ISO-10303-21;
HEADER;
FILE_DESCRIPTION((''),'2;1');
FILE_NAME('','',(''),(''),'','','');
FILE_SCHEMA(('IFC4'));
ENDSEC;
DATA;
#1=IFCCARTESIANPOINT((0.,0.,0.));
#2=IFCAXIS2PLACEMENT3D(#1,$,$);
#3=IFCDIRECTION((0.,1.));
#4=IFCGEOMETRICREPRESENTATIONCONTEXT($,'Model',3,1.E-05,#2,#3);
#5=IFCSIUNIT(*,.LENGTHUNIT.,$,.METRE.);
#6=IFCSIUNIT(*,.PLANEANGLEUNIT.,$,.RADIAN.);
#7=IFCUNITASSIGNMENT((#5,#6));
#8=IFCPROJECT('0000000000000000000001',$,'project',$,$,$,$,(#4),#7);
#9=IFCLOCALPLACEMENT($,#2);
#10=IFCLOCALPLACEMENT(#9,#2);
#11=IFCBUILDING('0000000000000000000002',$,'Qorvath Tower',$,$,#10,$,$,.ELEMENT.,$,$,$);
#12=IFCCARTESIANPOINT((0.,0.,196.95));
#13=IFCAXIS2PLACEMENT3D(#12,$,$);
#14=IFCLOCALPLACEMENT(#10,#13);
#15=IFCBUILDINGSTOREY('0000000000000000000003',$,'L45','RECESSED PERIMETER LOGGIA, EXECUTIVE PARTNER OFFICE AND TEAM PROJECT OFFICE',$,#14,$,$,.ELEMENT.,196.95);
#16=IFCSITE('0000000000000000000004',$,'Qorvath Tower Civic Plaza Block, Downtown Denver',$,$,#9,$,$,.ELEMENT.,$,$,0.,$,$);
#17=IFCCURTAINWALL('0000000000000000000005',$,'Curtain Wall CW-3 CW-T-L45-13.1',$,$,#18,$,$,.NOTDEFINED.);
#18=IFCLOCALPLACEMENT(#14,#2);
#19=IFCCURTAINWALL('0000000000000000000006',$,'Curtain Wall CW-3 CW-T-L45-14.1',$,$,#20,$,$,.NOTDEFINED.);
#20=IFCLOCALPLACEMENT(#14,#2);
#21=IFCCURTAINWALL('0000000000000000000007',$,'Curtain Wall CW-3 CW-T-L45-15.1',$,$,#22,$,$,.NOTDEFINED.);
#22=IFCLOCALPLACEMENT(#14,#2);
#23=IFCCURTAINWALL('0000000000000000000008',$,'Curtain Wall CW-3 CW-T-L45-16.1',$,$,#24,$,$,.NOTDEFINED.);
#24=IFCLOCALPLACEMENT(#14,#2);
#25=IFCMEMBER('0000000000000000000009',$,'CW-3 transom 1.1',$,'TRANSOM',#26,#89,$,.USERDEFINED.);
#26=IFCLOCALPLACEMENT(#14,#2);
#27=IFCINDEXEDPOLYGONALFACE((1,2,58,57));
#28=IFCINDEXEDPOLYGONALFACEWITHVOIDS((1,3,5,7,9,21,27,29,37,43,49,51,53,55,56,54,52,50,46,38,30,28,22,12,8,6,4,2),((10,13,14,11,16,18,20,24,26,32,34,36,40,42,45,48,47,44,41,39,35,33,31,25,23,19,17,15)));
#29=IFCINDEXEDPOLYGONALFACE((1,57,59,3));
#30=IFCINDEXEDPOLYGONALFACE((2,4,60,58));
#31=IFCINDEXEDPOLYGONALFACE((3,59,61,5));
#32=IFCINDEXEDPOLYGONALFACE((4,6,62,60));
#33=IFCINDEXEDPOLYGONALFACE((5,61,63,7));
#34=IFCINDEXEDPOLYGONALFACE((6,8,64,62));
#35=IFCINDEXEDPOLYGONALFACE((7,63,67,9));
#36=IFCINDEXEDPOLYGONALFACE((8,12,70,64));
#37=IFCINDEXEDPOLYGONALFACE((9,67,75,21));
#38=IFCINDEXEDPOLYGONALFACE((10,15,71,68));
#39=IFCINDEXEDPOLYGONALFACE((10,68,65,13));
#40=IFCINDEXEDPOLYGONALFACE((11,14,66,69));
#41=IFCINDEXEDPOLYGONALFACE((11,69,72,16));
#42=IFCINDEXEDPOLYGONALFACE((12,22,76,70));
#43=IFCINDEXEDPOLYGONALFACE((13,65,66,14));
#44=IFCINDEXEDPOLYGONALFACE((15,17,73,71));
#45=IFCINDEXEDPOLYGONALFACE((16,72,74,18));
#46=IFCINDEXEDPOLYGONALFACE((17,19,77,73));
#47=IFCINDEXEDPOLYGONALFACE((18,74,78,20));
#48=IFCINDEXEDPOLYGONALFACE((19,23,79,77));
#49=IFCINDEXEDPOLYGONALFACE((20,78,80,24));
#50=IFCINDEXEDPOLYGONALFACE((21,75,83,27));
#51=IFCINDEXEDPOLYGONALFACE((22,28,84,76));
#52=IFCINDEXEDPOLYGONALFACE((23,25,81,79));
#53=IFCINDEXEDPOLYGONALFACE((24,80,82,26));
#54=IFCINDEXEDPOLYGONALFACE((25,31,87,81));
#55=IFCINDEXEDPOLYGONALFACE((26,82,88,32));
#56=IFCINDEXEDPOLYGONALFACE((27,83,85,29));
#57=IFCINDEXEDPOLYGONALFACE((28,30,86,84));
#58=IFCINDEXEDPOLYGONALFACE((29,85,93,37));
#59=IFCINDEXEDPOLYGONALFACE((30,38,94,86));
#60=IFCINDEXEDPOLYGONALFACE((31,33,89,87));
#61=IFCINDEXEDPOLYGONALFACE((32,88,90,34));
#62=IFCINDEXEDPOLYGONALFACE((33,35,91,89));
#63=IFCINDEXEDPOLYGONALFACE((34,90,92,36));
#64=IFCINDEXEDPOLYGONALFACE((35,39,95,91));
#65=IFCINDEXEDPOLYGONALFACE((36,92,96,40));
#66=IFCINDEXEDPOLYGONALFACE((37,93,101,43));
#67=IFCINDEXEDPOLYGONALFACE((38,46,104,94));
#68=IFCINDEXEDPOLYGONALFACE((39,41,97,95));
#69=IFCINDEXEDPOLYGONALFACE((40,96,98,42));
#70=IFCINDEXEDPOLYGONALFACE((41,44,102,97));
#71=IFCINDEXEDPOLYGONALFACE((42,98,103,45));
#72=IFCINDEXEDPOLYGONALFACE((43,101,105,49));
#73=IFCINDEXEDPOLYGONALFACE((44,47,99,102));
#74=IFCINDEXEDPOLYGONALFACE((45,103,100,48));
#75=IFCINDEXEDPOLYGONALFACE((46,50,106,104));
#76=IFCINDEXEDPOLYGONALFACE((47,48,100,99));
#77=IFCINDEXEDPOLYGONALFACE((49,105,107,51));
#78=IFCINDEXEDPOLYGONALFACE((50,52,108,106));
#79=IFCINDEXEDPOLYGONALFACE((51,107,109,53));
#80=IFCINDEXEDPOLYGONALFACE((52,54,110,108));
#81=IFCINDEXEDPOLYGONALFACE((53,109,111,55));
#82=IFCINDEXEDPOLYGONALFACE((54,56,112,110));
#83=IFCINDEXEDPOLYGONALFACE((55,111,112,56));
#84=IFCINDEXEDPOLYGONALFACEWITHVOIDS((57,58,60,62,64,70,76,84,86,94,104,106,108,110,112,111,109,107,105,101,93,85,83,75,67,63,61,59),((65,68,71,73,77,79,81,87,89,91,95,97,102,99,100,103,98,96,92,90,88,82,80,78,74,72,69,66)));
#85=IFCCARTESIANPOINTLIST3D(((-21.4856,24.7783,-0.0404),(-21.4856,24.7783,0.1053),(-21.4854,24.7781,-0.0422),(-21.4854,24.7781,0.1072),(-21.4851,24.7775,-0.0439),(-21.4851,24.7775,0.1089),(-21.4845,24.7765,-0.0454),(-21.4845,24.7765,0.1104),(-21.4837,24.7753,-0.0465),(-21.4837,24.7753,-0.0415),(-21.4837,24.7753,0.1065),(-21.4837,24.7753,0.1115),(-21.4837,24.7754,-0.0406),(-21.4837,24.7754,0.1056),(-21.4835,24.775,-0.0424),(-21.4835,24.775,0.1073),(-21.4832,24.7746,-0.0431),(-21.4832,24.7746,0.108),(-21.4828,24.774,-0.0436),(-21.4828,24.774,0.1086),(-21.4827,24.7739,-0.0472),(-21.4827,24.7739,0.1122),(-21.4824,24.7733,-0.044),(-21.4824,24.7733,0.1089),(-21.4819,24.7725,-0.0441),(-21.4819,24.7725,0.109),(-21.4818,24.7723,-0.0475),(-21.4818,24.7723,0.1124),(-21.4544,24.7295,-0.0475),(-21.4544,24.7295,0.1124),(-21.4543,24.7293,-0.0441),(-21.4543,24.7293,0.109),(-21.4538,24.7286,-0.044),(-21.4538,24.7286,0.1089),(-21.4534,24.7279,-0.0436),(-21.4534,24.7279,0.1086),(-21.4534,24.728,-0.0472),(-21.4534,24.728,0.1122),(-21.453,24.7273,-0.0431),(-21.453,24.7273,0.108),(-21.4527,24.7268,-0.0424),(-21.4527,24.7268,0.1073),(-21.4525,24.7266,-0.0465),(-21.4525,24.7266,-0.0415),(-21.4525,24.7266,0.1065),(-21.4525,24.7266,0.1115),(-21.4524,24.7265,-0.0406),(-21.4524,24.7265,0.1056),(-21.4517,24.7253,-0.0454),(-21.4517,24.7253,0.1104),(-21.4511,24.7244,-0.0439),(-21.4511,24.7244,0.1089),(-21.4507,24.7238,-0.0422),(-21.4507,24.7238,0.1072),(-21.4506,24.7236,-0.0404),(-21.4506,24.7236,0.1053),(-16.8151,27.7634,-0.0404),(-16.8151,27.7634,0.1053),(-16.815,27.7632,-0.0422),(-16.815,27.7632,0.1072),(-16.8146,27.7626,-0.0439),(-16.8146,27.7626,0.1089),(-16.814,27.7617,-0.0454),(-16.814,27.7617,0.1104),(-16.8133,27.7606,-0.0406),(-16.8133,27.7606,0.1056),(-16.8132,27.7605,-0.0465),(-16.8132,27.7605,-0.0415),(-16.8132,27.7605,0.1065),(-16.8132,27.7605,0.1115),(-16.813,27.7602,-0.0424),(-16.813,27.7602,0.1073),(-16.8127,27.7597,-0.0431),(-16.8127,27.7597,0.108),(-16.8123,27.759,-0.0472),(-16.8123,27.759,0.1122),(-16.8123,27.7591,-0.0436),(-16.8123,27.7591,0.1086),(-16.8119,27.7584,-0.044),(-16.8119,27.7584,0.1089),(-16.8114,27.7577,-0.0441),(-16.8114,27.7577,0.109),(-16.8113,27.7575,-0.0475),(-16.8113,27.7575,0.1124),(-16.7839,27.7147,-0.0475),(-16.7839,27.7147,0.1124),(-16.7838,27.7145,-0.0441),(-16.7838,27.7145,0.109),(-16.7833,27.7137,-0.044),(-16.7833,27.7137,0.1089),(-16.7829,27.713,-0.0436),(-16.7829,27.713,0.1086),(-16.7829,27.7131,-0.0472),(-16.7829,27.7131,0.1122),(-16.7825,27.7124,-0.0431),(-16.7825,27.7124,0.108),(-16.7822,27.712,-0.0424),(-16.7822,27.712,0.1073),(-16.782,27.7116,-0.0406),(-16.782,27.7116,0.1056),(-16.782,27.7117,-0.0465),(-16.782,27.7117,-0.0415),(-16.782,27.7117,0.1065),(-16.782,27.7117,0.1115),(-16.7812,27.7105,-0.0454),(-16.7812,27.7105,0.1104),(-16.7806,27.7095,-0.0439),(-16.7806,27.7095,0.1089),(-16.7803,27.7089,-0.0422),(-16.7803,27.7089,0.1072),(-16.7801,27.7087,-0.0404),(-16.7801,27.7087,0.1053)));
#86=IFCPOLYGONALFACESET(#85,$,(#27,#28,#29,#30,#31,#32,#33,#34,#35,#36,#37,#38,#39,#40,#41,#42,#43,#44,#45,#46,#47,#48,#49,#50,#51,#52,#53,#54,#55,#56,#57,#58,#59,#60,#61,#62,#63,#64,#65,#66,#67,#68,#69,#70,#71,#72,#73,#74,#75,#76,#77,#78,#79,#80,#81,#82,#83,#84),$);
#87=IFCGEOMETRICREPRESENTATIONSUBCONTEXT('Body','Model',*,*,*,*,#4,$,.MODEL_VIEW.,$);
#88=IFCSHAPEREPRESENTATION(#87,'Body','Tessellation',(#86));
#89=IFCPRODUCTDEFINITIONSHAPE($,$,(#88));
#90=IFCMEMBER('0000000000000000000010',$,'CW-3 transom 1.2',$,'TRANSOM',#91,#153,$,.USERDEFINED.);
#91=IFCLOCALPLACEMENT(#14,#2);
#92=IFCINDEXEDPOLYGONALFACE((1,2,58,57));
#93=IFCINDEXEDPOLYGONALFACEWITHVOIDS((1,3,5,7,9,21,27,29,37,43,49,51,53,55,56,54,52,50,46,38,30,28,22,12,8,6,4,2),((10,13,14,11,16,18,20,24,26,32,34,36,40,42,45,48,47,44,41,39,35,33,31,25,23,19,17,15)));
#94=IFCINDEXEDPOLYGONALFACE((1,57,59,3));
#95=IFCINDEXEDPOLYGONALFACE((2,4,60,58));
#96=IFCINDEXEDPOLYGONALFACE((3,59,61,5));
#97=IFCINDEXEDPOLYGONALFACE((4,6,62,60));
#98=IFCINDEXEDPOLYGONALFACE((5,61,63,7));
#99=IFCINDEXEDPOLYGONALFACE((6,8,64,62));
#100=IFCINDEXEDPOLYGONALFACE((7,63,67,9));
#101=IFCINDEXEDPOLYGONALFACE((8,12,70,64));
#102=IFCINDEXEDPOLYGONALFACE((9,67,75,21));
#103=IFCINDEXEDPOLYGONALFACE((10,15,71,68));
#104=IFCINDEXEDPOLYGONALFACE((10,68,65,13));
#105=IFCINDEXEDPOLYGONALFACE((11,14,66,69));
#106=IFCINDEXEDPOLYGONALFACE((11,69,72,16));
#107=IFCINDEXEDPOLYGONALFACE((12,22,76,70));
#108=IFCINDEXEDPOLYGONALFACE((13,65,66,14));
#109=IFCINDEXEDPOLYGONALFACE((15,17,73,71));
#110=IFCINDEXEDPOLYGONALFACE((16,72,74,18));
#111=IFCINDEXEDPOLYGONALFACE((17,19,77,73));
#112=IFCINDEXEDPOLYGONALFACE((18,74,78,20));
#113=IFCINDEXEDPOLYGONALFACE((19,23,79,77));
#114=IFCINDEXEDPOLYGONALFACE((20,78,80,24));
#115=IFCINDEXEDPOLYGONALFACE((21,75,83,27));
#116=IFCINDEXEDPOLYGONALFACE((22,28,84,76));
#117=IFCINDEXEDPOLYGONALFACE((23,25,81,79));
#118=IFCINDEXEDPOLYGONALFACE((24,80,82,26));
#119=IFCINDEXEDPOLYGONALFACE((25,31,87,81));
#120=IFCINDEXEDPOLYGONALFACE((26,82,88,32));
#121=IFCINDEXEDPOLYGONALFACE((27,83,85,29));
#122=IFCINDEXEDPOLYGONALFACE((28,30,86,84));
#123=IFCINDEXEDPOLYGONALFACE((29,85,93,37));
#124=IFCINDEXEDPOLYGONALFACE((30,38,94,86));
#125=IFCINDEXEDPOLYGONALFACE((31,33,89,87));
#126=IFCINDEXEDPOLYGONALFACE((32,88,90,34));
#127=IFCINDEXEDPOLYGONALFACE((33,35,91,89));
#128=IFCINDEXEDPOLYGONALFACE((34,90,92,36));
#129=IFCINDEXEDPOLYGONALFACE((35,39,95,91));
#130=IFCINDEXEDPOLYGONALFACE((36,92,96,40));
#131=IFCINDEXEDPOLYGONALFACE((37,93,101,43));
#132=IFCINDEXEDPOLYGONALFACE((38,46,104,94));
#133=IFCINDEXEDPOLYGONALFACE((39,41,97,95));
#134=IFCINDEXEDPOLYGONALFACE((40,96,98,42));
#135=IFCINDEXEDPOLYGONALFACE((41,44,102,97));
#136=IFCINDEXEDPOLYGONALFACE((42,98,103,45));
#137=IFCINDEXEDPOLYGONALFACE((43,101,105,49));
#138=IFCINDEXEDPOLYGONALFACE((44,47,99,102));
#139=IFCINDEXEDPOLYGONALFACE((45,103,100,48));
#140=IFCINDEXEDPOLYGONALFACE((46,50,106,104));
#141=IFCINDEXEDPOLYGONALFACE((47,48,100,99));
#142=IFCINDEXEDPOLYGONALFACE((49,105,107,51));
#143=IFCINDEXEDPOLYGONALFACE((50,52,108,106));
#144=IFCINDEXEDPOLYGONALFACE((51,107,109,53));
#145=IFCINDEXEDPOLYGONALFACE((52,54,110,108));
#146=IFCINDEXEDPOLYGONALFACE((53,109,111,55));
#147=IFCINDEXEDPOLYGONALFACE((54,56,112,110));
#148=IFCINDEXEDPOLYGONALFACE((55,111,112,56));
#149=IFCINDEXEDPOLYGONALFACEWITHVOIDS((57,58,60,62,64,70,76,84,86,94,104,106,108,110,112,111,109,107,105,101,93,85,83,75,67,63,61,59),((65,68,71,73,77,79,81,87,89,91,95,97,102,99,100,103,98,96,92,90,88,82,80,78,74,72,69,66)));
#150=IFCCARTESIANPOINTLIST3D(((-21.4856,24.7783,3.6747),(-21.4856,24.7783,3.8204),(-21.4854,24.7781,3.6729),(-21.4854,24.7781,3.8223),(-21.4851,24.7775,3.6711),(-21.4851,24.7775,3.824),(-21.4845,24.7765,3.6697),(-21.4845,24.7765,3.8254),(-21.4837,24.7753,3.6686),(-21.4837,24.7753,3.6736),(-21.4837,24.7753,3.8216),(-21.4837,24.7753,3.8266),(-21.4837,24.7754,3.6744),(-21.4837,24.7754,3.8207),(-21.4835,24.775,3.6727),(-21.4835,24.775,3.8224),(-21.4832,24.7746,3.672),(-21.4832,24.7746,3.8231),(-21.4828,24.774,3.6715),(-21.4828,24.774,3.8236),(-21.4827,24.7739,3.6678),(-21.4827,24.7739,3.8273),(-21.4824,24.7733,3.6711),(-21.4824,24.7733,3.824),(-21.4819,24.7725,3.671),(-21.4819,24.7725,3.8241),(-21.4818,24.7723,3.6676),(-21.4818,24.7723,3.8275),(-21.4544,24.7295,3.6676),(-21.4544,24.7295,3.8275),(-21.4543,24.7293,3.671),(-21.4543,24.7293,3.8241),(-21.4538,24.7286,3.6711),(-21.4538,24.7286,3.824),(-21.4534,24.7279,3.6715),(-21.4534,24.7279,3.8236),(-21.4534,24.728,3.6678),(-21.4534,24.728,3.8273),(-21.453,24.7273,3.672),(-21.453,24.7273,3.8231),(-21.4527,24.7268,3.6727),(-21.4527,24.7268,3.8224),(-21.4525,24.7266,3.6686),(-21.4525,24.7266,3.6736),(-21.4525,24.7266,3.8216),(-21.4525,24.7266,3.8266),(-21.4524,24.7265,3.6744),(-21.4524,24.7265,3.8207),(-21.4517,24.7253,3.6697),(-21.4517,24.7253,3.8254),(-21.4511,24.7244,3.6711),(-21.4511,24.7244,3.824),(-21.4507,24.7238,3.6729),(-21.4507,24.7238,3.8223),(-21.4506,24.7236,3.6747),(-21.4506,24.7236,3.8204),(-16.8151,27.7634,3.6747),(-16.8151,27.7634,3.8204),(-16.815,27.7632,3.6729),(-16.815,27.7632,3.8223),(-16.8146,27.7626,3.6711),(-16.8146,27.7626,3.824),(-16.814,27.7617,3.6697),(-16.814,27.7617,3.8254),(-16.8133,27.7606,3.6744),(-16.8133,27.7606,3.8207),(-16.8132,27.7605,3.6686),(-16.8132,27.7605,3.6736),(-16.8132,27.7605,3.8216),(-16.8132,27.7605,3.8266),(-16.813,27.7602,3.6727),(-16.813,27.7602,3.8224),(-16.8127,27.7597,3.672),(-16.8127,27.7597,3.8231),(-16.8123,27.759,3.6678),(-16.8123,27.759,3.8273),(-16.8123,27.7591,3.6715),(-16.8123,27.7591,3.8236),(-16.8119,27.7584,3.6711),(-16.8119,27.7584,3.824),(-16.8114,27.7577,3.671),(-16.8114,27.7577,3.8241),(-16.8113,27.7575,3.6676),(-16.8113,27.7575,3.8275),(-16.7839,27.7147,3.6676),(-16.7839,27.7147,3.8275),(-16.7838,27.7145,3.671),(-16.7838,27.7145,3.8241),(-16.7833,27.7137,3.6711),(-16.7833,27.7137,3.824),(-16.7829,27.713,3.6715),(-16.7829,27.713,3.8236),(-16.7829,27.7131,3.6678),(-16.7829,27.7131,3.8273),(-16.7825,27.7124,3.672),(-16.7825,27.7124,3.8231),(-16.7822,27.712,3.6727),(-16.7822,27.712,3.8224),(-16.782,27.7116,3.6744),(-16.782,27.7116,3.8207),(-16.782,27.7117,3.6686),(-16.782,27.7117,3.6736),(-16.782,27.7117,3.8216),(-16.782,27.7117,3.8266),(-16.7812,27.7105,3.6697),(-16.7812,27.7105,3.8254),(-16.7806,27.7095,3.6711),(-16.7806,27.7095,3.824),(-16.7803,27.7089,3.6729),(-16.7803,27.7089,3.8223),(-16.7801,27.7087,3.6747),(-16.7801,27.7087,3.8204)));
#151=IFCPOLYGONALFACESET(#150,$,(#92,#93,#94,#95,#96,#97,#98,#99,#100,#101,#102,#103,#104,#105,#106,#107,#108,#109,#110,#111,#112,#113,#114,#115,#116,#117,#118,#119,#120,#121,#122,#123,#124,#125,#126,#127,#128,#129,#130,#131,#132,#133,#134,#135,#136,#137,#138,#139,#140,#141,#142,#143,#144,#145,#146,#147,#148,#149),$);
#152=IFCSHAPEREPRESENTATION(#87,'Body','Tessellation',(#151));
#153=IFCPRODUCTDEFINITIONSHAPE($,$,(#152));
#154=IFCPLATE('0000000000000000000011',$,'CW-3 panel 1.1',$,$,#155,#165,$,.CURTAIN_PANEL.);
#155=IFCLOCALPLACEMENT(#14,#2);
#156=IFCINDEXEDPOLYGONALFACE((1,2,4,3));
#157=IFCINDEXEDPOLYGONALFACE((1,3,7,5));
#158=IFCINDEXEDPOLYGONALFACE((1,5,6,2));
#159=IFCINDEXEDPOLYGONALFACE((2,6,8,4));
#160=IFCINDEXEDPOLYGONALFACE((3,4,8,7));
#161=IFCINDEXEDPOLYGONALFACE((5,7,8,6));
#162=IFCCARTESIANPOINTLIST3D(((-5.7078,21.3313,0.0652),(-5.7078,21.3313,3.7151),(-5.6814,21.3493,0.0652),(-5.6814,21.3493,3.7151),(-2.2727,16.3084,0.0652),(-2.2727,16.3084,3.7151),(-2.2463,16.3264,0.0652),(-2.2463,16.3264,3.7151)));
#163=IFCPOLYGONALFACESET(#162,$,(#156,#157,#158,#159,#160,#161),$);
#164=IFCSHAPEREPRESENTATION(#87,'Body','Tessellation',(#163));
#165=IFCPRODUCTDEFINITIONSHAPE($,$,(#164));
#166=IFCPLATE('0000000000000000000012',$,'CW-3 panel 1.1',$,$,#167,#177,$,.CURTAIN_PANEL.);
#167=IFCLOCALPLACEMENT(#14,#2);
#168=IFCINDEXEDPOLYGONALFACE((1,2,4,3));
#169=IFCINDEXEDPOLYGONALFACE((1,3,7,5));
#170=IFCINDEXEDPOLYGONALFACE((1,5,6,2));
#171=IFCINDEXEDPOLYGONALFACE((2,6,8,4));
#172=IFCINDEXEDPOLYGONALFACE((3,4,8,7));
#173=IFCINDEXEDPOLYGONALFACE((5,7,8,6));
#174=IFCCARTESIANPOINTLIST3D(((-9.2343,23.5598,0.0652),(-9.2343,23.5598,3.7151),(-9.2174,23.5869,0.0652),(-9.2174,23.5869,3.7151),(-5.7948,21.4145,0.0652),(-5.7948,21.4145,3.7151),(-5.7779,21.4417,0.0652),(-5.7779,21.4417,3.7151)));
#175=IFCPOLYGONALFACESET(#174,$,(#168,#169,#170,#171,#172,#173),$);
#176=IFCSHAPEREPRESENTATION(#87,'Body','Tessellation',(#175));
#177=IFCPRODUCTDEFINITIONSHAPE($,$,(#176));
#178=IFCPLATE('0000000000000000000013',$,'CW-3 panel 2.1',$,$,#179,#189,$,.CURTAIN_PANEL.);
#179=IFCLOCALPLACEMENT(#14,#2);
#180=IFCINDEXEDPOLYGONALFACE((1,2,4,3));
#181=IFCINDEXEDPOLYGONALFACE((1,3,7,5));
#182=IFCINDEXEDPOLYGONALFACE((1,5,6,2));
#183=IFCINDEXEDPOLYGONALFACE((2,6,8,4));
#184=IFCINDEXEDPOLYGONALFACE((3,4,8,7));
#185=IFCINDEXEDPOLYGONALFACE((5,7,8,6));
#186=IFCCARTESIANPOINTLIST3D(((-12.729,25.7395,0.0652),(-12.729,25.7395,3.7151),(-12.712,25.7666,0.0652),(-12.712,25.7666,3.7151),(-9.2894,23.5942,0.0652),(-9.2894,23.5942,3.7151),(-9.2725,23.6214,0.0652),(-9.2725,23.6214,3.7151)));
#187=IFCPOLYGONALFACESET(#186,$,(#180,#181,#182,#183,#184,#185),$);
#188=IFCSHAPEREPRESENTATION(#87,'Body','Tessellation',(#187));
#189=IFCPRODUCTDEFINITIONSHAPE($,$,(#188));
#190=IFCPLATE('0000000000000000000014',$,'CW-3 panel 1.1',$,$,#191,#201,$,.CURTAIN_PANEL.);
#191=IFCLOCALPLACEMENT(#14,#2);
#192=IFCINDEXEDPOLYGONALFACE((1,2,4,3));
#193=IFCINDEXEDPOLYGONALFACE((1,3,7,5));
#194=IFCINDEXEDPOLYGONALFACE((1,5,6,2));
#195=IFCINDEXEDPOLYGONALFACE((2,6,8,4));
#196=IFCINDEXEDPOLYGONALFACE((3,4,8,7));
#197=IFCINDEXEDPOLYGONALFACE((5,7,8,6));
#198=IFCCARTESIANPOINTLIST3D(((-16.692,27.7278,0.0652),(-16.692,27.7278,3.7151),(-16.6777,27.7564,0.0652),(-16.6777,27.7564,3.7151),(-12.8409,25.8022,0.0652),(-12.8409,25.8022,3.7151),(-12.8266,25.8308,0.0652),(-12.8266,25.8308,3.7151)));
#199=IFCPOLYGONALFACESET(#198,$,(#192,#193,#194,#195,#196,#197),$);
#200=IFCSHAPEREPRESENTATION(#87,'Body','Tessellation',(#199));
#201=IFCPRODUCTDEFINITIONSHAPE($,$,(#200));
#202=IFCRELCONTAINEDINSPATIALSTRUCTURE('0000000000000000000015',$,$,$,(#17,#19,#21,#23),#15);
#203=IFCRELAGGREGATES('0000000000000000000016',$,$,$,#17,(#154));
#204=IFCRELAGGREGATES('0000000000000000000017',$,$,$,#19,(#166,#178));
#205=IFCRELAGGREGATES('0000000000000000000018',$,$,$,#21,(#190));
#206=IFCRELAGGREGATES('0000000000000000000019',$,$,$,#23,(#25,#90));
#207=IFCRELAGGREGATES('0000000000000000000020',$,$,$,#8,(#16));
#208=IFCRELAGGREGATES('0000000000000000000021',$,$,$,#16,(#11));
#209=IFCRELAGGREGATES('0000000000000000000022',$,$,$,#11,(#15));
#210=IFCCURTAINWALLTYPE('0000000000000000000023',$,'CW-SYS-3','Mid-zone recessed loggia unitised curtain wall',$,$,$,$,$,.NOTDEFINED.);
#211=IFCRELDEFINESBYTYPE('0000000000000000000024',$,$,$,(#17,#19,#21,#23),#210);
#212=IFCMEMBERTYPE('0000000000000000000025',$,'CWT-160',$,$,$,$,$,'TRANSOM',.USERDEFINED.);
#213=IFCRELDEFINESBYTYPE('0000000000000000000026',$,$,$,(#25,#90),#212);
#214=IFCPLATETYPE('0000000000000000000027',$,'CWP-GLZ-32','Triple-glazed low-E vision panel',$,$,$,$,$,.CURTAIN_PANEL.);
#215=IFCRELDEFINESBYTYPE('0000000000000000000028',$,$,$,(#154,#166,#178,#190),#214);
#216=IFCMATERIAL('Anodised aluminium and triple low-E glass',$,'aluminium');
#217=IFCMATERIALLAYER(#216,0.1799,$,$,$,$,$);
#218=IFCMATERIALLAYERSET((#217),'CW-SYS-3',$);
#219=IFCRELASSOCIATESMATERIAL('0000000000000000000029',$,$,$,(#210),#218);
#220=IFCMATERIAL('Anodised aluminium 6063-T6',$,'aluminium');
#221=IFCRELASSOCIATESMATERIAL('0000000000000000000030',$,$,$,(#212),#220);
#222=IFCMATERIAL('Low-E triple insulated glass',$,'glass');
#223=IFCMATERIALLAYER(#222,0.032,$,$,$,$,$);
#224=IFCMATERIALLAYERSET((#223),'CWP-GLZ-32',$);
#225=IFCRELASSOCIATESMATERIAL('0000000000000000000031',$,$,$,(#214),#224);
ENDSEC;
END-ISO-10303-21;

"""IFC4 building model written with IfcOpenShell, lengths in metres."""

from ifc_helpers import new_model, si_unit, direction, frame, origin, origin_2d, place, context, subcontext, project, spatial, rectangle, hollow_rectangle, extrude, material, layer, layer_set, material_profile, profile_set, type_object, element, aggregate, save


model = new_model("IFC4")

# Units and contexts
model_context = context("Model", 3, precision=1e-05, world=origin(), true_north=direction((0.0, 1.0)))
body_context = subcontext(model_context, "Body", "Model", "MODEL_VIEW")
ifc_project = project(units=[si_unit("LENGTHUNIT", "METRE"), si_unit("PLANEANGLEUNIT", "RADIAN")], contexts=[model_context])

# Site, building, storey
site_placement = place(None, origin())
site = spatial("IfcSite", under=ifc_project, at=site_placement, Name="Qorvath Tower Civic Plaza Block, Downtown Denver", CompositionType="ELEMENT", RefElevation=0.0)
building_placement = place(site_placement, origin())
building = spatial("IfcBuilding", under=site, at=building_placement, Name="Qorvath Tower", CompositionType="ELEMENT")
storey_placement = place(building_placement, frame((0.0, 0.0, 196.95)))
storey = spatial("IfcBuildingStorey", under=building, at=storey_placement, Name="L45", Description="RECESSED PERIMETER LOGGIA, EXECUTIVE PARTNER OFFICE AND TEAM PROJECT OFFICE", CompositionType="ELEMENT", Elevation=196.95)

# Shared definitions
ifc_material_1 = material(Name="Anodised aluminium and triple low-E glass", Category="aluminium")
ifc_layer_1 = layer(ifc_material_1, 0.1799)
ifc_layer_set_1 = layer_set([ifc_layer_1], Name="CW-SYS-3")
curtain_wall_type = type_object("IfcCurtainWallType", Name="CW-SYS-3", Description="Mid-zone recessed loggia unitised curtain wall", PredefinedType="NOTDEFINED", material=ifc_layer_set_1)

# Curtain walls
curtain_wall_1_placement = place(storey_placement, origin())
curtain_wall_1 = element("IfcCurtainWall", 1, at=curtain_wall_1_placement, inside=storey, type_object=curtain_wall_type, Name="Curtain Wall CW-3 CW-T-L45-13.1", PredefinedType="NOTDEFINED")
curtain_wall_2_placement = place(storey_placement, origin())
curtain_wall_2 = element("IfcCurtainWall", 2, at=curtain_wall_2_placement, inside=storey, type_object=curtain_wall_type, Name="Curtain Wall CW-3 CW-T-L45-14.1", PredefinedType="NOTDEFINED")
curtain_wall_3_placement = place(storey_placement, origin())
curtain_wall_3 = element("IfcCurtainWall", 3, at=curtain_wall_3_placement, inside=storey, type_object=curtain_wall_type, Name="Curtain Wall CW-3 CW-T-L45-15.1", PredefinedType="NOTDEFINED")

# Curtain wall
curtain_wall_4_placement = place(storey_placement, origin())
curtain_wall_4 = element("IfcCurtainWall", 4, at=curtain_wall_4_placement, inside=storey, type_object=curtain_wall_type, Name="Curtain Wall CW-3 CW-T-L45-16.1", PredefinedType="NOTDEFINED")

# Members
ifc_material_2 = material(Name="Anodised aluminium 6063-T6", Category="aluminium")
ifc_material_profile_1 = material_profile(ifc_material_2, hollow_rectangle(XDim=0.0649, YDim=0.1599, WallThickness=0.0034, InnerFilletRadius=0.0034, OuterFilletRadius=0.0071, at=origin_2d()), Name="CWT 160x65")
ifc_profile_set_1 = profile_set([ifc_material_profile_1], Name="Anodised aluminium 6063-T6")
member_type_1 = type_object("IfcMemberType", Name="CWT-160", ElementType="TRANSOM", PredefinedType="USERDEFINED", material=ifc_profile_set_1)
member_1_placement = place(storey_placement, frame((-16.7976, 27.7361, 0.0325), z_axis=(-0.842595, -0.538547, 0.0), x_axis=(0.538547, -0.842595, 0.0)))
member_1 = element("IfcMember", 5, at=member_1_placement, type_object=member_type_1, Name="CW-3 transom 1.1", ObjectType="TRANSOM", PredefinedType="USERDEFINED", context=body_context, shape_type="SweptSolid", body=[
    extrude(hollow_rectangle(XDim=0.0649, YDim=0.1599, WallThickness=0.0034, InnerFilletRadius=0.0034, OuterFilletRadius=0.0071, at=origin_2d()), origin(), (0.0, 0.0, 1.0), 5.543),
])
member_2_placement = place(storey_placement, frame((-16.7976, 27.7361, 3.7476), z_axis=(-0.842595, -0.538547, 0.0), x_axis=(0.538547, -0.842595, 0.0)))
member_2 = element("IfcMember", 6, at=member_2_placement, type_object=member_type_1, Name="CW-3 transom 1.2", ObjectType="TRANSOM", PredefinedType="USERDEFINED", context=body_context, shape_type="SweptSolid", body=[
    extrude(hollow_rectangle(XDim=0.0649, YDim=0.1599, WallThickness=0.0034, InnerFilletRadius=0.0034, OuterFilletRadius=0.0071, at=origin_2d()), origin(), (0.0, 0.0, 1.0), 5.543),
])

# Plates
ifc_material_3 = material(Name="Low-E triple insulated glass", Category="glass")
ifc_layer_2 = layer(ifc_material_3, 0.032)
ifc_layer_set_2 = layer_set([ifc_layer_2], Name="CWP-GLZ-32")
plate_type = type_object("IfcPlateType", Name="CWP-GLZ-32", Description="Triple-glazed low-E vision panel", PredefinedType="CURTAIN_PANEL", material=ifc_layer_set_2)
plate_1_placement = place(storey_placement, frame((-3.9771, 18.8289, 0.0652), z_axis=(0.0, 0.0, 1.0), x_axis=(-0.564512, 0.825425, 0.0)))
plate_1 = element("IfcPlate", 7, at=plate_1_placement, type_object=plate_type, Name="CW-3 panel 1.1", PredefinedType="CURTAIN_PANEL", context=body_context, shape_type="SweptSolid", body=[
    extrude(rectangle(XDim=6.0852, YDim=0.032, at=origin_2d()), origin(), (0.0, 0.0, 1.0), 3.6499),
])
aggregate(curtain_wall_1, [plate_1])
plate_2_placement = place(storey_placement, frame((-7.5061, 22.5007, 0.0652), z_axis=(0.0, 0.0, 1.0), x_axis=(-0.848493, 0.529206, 0.0)))
plate_2 = element("IfcPlate", 8, at=plate_2_placement, type_object=plate_type, Name="CW-3 panel 1.1", PredefinedType="CURTAIN_PANEL", context=body_context, shape_type="SweptSolid", body=[
    extrude(rectangle(XDim=4.0537, YDim=0.032, at=origin_2d()), origin(), (0.0, 0.0, 1.0), 3.6499),
])
plate_3_placement = place(storey_placement, frame((-11.0007, 24.6804, 0.0652), z_axis=(0.0, 0.0, 1.0), x_axis=(-0.848493, 0.529206, 0.0)))
plate_3 = element("IfcPlate", 9, at=plate_3_placement, type_object=plate_type, Name="CW-3 panel 2.1", PredefinedType="CURTAIN_PANEL", context=body_context, shape_type="SweptSolid", body=[
    extrude(rectangle(XDim=4.0537, YDim=0.032, at=origin_2d()), origin(), (0.0, 0.0, 1.0), 3.6499),
])
aggregate(curtain_wall_2, [plate_2, plate_3])
plate_4_placement = place(storey_placement, frame((-14.7593, 26.7793, 0.0652), z_axis=(0.0, 0.0, 1.0), x_axis=(-0.894432, 0.447205, 0.0)))
plate_4 = element("IfcPlate", 10, at=plate_4_placement, type_object=plate_type, Name="CW-3 panel 1.1", PredefinedType="CURTAIN_PANEL", context=body_context, shape_type="SweptSolid", body=[
    extrude(rectangle(XDim=4.3057, YDim=0.032, at=origin_2d()), origin(), (0.0, 0.0, 1.0), 3.6499),
])
aggregate(curtain_wall_3, [plate_4])
aggregate(curtain_wall_4, [member_1, member_2])

save(model, "model.ifc")
